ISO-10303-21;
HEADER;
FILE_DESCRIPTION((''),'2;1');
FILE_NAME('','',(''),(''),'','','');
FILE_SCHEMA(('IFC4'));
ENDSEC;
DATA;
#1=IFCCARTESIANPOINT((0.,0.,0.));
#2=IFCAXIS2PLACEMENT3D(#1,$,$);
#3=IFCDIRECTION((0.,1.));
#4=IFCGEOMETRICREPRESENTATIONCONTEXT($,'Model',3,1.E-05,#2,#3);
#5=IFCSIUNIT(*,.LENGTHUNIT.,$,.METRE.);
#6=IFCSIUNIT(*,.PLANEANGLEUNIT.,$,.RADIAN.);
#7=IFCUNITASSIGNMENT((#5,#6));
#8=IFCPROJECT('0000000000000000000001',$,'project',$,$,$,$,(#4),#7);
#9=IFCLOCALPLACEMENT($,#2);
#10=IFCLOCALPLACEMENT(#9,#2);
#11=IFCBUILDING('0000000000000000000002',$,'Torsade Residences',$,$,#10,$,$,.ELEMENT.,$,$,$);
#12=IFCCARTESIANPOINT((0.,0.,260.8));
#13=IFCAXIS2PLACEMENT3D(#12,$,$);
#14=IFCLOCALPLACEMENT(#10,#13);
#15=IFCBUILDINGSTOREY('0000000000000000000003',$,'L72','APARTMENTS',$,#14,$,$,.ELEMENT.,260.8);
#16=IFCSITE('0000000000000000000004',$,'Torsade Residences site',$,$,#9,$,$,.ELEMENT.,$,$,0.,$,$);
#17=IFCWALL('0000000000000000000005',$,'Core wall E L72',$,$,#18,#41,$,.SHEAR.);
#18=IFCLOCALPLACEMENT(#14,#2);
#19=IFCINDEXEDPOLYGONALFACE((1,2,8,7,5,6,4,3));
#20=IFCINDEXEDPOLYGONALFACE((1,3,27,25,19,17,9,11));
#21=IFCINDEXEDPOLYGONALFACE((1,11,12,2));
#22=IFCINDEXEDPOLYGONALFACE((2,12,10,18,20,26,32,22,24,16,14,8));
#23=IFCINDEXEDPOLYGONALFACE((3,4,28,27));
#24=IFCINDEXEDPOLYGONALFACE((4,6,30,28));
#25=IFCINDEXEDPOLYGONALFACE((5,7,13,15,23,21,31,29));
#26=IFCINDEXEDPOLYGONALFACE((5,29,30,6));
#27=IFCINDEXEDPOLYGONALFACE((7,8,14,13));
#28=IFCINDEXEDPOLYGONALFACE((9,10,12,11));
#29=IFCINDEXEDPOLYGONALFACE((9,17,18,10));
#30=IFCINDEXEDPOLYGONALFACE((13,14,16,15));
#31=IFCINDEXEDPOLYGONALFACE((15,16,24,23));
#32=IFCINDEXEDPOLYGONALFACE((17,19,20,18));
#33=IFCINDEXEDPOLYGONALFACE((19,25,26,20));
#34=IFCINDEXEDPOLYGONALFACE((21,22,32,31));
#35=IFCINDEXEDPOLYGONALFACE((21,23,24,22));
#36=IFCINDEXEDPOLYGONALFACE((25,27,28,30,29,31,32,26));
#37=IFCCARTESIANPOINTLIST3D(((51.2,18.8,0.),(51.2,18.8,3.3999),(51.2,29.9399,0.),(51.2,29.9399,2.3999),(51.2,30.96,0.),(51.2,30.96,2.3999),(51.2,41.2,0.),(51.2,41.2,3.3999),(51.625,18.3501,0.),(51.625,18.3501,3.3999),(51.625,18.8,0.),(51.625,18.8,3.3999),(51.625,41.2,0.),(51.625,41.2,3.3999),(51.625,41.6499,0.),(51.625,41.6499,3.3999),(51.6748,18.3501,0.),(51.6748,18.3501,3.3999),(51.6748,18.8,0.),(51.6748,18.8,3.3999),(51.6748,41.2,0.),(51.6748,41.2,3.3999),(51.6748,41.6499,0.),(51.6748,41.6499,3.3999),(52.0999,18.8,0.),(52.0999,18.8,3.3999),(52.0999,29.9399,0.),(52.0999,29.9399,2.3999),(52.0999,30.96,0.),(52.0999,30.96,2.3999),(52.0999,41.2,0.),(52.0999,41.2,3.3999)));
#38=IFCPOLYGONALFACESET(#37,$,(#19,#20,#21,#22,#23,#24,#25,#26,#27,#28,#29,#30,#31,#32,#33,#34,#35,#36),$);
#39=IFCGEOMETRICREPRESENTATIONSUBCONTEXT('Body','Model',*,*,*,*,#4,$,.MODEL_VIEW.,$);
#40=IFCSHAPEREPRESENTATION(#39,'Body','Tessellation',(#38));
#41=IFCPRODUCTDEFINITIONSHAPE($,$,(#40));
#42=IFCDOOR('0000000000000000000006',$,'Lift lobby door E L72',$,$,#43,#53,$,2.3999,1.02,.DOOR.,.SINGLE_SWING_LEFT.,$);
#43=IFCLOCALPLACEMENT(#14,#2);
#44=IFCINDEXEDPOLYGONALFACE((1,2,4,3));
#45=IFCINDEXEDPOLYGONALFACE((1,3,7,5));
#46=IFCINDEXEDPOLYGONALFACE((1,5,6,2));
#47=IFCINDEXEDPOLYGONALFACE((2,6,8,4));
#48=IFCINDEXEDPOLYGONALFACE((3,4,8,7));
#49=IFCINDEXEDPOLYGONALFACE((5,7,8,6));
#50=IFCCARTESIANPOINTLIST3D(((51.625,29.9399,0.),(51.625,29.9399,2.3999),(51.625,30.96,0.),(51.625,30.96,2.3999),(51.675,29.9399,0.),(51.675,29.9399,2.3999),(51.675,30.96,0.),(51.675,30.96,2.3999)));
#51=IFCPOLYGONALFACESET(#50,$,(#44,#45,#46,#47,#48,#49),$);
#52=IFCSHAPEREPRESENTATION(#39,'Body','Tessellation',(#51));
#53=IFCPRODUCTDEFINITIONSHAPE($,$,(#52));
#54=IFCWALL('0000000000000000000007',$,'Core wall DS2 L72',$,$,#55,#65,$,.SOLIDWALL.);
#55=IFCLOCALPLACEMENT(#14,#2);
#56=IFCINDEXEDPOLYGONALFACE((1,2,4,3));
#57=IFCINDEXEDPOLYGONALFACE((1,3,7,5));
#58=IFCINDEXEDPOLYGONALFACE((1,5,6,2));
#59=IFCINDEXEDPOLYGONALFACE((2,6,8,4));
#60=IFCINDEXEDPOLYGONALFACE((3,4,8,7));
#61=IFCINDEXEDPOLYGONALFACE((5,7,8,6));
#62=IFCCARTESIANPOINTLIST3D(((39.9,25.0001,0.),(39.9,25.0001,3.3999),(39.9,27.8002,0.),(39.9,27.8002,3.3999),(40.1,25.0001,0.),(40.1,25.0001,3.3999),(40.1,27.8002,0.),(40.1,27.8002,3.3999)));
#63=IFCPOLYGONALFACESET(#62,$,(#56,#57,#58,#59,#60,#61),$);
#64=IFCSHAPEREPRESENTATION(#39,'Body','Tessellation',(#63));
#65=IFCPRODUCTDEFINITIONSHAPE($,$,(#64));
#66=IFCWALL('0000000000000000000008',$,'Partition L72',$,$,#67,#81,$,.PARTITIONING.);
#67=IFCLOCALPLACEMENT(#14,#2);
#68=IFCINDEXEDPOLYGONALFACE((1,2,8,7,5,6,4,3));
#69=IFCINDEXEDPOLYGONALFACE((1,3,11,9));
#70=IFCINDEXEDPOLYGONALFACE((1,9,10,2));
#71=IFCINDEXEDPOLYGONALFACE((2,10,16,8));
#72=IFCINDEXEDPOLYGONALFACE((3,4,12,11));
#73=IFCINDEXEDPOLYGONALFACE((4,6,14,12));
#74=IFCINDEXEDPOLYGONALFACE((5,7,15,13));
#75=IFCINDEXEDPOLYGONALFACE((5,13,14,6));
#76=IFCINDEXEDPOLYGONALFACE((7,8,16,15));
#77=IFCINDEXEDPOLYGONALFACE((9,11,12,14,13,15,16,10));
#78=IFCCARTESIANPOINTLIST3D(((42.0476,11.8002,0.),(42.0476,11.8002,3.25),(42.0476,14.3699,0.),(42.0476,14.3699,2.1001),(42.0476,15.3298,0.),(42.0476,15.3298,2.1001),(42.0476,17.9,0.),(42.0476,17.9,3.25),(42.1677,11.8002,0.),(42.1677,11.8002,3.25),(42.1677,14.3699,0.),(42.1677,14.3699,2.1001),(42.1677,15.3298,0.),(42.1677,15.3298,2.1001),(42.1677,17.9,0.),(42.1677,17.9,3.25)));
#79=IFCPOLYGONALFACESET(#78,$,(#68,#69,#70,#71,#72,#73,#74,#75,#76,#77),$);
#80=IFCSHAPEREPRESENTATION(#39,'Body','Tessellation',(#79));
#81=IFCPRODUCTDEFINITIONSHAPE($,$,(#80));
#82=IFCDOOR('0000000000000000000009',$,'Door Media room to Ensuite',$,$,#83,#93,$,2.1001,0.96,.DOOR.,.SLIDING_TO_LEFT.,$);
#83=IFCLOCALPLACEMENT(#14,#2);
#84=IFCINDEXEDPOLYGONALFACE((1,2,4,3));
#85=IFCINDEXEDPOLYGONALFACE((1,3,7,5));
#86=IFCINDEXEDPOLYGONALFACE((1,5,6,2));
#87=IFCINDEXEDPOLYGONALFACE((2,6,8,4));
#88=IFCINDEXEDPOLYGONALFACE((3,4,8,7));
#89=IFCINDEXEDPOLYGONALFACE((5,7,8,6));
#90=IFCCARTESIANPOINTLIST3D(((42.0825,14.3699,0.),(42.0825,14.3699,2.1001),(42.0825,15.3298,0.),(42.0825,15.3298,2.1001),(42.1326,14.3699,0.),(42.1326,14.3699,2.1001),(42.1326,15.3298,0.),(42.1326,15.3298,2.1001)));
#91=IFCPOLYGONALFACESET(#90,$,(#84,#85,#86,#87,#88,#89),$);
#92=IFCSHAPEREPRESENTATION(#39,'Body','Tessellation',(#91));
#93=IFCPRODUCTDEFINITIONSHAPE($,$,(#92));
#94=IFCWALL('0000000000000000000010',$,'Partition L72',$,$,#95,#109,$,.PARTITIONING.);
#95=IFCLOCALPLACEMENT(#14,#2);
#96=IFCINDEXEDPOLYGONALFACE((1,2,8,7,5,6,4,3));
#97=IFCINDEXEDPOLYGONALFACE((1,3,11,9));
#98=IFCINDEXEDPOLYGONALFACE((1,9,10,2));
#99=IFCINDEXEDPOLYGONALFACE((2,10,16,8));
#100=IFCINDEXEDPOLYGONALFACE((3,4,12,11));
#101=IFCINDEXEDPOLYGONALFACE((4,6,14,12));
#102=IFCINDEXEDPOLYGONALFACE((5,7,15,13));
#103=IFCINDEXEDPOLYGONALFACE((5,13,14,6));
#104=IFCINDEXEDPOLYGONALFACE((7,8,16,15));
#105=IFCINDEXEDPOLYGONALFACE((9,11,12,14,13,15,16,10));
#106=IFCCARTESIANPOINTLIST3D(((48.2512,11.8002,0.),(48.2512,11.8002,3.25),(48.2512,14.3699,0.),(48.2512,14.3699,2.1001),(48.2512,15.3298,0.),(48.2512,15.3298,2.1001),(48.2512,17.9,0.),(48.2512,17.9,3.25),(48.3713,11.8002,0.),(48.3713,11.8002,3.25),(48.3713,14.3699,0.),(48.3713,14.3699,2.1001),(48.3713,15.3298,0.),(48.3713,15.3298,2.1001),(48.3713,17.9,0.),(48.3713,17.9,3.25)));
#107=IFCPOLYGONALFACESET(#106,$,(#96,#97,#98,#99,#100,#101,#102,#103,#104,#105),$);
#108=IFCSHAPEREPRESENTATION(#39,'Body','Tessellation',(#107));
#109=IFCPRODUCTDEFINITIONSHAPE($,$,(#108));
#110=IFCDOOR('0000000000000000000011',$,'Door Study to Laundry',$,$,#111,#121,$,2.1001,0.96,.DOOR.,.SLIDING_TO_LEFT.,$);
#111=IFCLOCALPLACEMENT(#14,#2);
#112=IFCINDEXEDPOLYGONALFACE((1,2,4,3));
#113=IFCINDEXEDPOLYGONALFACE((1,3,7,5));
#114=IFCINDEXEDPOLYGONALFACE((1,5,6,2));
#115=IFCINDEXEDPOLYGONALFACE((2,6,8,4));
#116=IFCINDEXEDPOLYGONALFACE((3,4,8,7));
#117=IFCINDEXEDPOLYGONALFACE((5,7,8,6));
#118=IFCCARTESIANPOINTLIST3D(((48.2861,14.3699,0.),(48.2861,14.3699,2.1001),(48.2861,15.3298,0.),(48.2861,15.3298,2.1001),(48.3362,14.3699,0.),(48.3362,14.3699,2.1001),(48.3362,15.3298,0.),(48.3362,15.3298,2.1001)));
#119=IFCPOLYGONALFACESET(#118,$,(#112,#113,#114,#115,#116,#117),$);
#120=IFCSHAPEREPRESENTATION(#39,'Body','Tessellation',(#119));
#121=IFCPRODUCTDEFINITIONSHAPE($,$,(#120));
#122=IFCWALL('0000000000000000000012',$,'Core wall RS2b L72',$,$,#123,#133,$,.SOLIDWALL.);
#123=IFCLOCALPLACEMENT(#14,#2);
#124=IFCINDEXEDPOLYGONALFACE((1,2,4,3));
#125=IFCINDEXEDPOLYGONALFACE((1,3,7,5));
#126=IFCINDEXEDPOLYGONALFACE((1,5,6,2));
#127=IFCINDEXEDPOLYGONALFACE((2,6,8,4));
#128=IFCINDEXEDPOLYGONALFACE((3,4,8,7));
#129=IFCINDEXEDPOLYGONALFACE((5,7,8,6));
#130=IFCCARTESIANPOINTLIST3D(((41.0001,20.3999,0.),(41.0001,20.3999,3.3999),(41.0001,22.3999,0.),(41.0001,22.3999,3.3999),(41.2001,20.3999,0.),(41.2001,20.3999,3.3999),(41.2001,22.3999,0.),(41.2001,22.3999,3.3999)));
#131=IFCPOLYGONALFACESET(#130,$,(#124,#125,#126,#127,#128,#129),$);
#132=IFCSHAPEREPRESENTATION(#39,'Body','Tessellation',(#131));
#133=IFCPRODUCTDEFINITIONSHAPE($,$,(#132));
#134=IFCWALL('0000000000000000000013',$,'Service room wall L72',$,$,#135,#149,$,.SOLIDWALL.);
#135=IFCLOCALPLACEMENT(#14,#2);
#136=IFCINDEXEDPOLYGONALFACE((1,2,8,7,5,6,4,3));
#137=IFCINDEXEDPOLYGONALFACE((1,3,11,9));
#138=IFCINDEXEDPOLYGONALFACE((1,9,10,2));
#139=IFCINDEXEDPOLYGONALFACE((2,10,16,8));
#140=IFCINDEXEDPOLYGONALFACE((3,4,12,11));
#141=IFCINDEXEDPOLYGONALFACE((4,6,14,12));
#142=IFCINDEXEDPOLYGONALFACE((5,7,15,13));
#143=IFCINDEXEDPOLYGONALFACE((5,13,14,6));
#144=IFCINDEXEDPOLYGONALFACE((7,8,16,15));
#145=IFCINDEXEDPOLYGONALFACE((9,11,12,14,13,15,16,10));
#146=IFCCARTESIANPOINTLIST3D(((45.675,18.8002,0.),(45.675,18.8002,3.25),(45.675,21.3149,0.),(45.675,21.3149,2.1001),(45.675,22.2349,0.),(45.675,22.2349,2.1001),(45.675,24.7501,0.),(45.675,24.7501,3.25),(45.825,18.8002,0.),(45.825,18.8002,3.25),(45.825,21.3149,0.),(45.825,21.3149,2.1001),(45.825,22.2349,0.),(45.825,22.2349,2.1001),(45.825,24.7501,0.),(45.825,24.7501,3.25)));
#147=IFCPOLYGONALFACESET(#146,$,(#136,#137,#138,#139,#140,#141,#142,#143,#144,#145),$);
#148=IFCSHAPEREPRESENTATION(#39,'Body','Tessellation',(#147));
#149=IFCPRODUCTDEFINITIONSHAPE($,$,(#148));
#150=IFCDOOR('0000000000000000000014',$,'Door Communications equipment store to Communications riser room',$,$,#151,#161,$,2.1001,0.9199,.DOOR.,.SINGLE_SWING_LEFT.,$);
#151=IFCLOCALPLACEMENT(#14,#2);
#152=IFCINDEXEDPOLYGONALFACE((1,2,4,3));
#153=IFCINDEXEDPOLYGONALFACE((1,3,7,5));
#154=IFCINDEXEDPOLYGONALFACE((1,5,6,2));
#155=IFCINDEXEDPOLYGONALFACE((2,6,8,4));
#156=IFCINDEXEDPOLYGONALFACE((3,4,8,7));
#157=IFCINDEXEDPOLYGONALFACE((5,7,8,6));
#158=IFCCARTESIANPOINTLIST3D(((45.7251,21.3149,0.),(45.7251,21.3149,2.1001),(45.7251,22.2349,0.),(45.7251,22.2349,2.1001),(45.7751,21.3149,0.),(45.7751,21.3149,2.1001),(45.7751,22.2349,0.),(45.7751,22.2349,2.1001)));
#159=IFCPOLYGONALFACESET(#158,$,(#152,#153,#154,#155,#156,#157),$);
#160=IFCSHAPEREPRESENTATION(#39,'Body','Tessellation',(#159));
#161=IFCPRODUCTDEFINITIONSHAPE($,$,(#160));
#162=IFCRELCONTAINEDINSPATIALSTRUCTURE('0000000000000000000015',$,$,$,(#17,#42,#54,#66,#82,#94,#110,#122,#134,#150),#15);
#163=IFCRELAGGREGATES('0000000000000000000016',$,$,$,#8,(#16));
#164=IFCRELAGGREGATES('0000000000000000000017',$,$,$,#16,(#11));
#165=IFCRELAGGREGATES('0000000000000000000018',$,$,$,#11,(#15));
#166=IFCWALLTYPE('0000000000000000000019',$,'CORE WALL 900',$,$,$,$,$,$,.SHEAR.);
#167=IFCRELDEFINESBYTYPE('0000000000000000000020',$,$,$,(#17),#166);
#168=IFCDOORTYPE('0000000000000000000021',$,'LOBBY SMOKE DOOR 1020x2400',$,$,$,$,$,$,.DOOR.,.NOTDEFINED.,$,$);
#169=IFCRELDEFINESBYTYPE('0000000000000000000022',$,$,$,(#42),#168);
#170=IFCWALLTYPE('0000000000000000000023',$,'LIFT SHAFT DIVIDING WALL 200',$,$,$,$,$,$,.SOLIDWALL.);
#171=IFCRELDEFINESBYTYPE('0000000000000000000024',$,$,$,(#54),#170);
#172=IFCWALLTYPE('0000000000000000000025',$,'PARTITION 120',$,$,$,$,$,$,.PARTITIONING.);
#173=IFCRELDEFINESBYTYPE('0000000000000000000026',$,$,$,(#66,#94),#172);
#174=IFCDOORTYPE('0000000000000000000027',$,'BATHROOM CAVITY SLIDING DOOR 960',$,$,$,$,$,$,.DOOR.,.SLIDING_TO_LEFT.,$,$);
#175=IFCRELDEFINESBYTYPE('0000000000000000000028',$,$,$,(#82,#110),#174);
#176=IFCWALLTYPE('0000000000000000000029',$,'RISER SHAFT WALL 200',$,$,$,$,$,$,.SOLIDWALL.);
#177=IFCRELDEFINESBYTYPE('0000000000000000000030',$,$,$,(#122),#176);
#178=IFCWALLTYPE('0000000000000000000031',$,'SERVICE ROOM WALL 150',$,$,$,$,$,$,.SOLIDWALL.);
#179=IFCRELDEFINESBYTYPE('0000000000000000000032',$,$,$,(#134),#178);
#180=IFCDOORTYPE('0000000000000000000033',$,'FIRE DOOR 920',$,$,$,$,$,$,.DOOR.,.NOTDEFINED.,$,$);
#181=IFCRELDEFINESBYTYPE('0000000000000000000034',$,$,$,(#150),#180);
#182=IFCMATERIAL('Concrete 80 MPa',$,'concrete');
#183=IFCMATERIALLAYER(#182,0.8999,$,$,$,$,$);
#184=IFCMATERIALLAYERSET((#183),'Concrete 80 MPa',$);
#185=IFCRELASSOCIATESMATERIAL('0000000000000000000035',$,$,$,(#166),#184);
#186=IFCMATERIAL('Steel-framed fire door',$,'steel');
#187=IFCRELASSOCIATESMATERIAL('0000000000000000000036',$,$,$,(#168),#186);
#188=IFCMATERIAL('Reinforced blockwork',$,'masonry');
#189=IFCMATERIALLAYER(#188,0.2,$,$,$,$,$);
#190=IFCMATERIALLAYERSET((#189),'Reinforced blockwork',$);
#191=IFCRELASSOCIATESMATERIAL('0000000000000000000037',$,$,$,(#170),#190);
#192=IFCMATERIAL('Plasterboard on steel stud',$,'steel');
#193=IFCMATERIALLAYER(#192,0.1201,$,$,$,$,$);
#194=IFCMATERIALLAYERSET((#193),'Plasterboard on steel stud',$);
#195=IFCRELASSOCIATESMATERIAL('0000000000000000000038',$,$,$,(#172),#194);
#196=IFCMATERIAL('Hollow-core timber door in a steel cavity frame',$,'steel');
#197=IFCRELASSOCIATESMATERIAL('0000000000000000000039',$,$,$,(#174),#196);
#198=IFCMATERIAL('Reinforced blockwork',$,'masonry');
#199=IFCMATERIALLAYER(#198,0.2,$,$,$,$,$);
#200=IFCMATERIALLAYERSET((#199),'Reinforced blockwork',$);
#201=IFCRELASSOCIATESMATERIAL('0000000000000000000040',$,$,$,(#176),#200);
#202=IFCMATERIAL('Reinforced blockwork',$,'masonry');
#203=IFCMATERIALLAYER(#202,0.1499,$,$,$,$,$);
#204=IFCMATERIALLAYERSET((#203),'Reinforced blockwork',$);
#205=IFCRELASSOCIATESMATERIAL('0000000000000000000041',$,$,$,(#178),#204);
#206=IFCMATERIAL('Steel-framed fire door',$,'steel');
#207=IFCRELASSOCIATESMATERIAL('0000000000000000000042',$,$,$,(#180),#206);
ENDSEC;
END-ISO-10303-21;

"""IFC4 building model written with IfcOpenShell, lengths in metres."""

from ifc_helpers import new_model, si_unit, direction, frame, frame_2d, origin, place, context, subcontext, project, spatial, polyline, rectangle, outline, extrude, material, layer, layer_set, type_object, element, fill, save


model = new_model("IFC4")

# Units and contexts
model_context = context("Model", 3, precision=1e-05, world=origin(), true_north=direction((0.0, 1.0)))
body_context = subcontext(model_context, "Body", "Model", "MODEL_VIEW")
ifc_project = project(units=[si_unit("LENGTHUNIT", "METRE"), si_unit("PLANEANGLEUNIT", "RADIAN")], contexts=[model_context])

# Site, building, storey
site_placement = place(None, origin())
site = spatial("IfcSite", under=ifc_project, at=site_placement, Name="Torsade Residences site", CompositionType="ELEMENT", RefElevation=0.0)
building_placement = place(site_placement, origin())
building = spatial("IfcBuilding", under=site, at=building_placement, Name="Torsade Residences", CompositionType="ELEMENT")
storey_placement = place(building_placement, frame((0.0, 0.0, 260.8)))
storey = spatial("IfcBuildingStorey", under=building, at=storey_placement, Name="L72", Description="APARTMENTS", CompositionType="ELEMENT", Elevation=260.8)

# Shared definitions
ifc_material_1 = material(Name="Concrete 80 MPa", Category="concrete")
ifc_layer_1 = layer(ifc_material_1, 0.8999)
ifc_layer_set_1 = layer_set([ifc_layer_1], Name="Concrete 80 MPa")
wall_type_1 = type_object("IfcWallType", Name="CORE WALL 900", PredefinedType="SHEAR", material=ifc_layer_set_1)

# Wall, opening, door
wall_1_placement = place(storey_placement, frame((51.6499, 18.8, 0.0), z_axis=(0.0, 0.0, 1.0), x_axis=(0.0, 1.0, 0.0)))
wall_1 = element("IfcWall", 1, at=wall_1_placement, inside=storey, type_object=wall_type_1, Name="Core wall E L72", PredefinedType="SHEAR", context=body_context, shape_type="SweptSolid", body=[
    extrude(outline(polyline([(0.0, -0.45), (22.3999, -0.45), (22.3999, -0.0249), (22.8499, -0.0249), (22.8499, 0.0249), (22.3999, 0.0249), (22.3999, 0.45), (0.0, 0.45), (0.0, 0.0249), (-0.45, 0.0249), (-0.45, -0.0249), (0.0, -0.0249), (0.0, -0.45)])), origin(), (0.0, 0.0, 1.0), 3.3999),
])
opening_1_placement = place(wall_1_placement, frame((11.1399, 0.0, 0.0)))
opening_1 = element("IfcOpeningElement", 2, at=opening_1_placement, cuts=wall_1, PredefinedType="OPENING", context=body_context, shape_type="SweptSolid", body=[
    extrude(rectangle(XDim=1.02, YDim=2.3999, at=frame_2d((0.51, 1.2))), frame((0.0, 0.46, 0.0), z_axis=(0.0, -1.0, 0.0), x_axis=(1.0, 0.0, 0.0)), (0.0, 0.0, 1.0), 0.9199),
])
ifc_material_2 = material(Name="Steel-framed fire door", Category="steel")
door_type_1 = type_object("IfcDoorType", Name="LOBBY SMOKE DOOR 1020x2400", OperationType="NOTDEFINED", PredefinedType="DOOR", material=ifc_material_2)
door_1_placement = place(opening_1_placement, origin())
door_1 = element("IfcDoor", 3, at=door_1_placement, inside=storey, type_object=door_type_1, Name="Lift lobby door E L72", OperationType="SINGLE_SWING_LEFT", OverallHeight=2.3999, OverallWidth=1.02, PredefinedType="DOOR", context=body_context, shape_type="SweptSolid", body=[
    extrude(rectangle(XDim=1.02, YDim=2.3999, at=frame_2d((0.51, 1.2))), frame((0.0, 0.0249, 0.0), z_axis=(0.0, -1.0, 0.0), x_axis=(1.0, 0.0, 0.0)), (0.0, 0.0, 1.0), 0.05),
])
fill(opening_1, door_1)

# Wall
ifc_material_3 = material(Name="Reinforced blockwork", Category="masonry")
ifc_layer_2 = layer(ifc_material_3, 0.2)
ifc_layer_set_2 = layer_set([ifc_layer_2], Name="Reinforced blockwork")
wall_type_2 = type_object("IfcWallType", Name="LIFT SHAFT DIVIDING WALL 200", PredefinedType="SOLIDWALL", material=ifc_layer_set_2)
wall_2_placement = place(storey_placement, frame((40.0, 27.8, 0.0), z_axis=(0.0, 0.0, 1.0), x_axis=(0.0, -1.0, 0.0)))
element("IfcWall", 4, at=wall_2_placement, inside=storey, type_object=wall_type_2, Name="Core wall DS2 L72", PredefinedType="SOLIDWALL", context=body_context, shape_type="SweptSolid", body=[
    extrude(rectangle(XDim=2.8, YDim=0.2, at=frame_2d((1.3999, 0.0))), origin(), (0.0, 0.0, 1.0), 3.3999),
])

# Walls, openings, doors
ifc_material_4 = material(Name="Plasterboard on steel stud", Category="steel")
ifc_layer_3 = layer(ifc_material_4, 0.1201)
ifc_layer_set_3 = layer_set([ifc_layer_3], Name="Plasterboard on steel stud")
wall_type_3 = type_object("IfcWallType", Name="PARTITION 120", PredefinedType="PARTITIONING", material=ifc_layer_set_3)
wall_3_placement = place(storey_placement, frame((42.1077, 17.8999, 0.0), z_axis=(0.0, 0.0, 1.0), x_axis=(0.0, -1.0, 0.0)))
wall_3 = element("IfcWall", 5, at=wall_3_placement, inside=storey, type_object=wall_type_3, Name="Partition L72", PredefinedType="PARTITIONING", context=body_context, shape_type="SweptSolid", body=[
    extrude(rectangle(XDim=6.0999, YDim=0.1201, at=frame_2d((3.0498, 0.0))), origin(), (0.0, 0.0, 1.0), 3.25),
])
opening_2_placement = place(wall_3_placement, frame((2.5701, 0.0, 0.0)))
opening_2 = element("IfcOpeningElement", 6, at=opening_2_placement, cuts=wall_3, PredefinedType="OPENING", context=body_context, shape_type="SweptSolid", body=[
    extrude(rectangle(XDim=0.96, YDim=2.1001, at=frame_2d((0.48, 1.05))), frame((0.0, 0.0701, 0.0), z_axis=(0.0, -1.0, 0.0), x_axis=(1.0, 0.0, 0.0)), (0.0, 0.0, 1.0), 0.1401),
])
ifc_material_5 = material(Name="Hollow-core timber door in a steel cavity frame", Category="steel")
door_type_2 = type_object("IfcDoorType", Name="BATHROOM CAVITY SLIDING DOOR 960", OperationType="SLIDING_TO_LEFT", PredefinedType="DOOR", material=ifc_material_5)
door_2_placement = place(opening_2_placement, origin())
door_2 = element("IfcDoor", 7, at=door_2_placement, inside=storey, type_object=door_type_2, Name="Door Media room to Ensuite", OperationType="SLIDING_TO_LEFT", OverallHeight=2.1001, OverallWidth=0.96, PredefinedType="DOOR", context=body_context, shape_type="SweptSolid", body=[
    extrude(rectangle(XDim=0.96, YDim=2.1001, at=frame_2d((0.48, 1.05))), frame((0.0, 0.0249, 0.0), z_axis=(0.0, -1.0, 0.0), x_axis=(1.0, 0.0, 0.0)), (0.0, 0.0, 1.0), 0.05),
])
fill(opening_2, door_2)
wall_4_placement = place(storey_placement, frame((48.3113, 17.8999, 0.0), z_axis=(0.0, 0.0, 1.0), x_axis=(0.0, -1.0, 0.0)))
wall_4 = element("IfcWall", 8, at=wall_4_placement, inside=storey, type_object=wall_type_3, Name="Partition L72", PredefinedType="PARTITIONING", context=body_context, shape_type="SweptSolid", body=[
    extrude(rectangle(XDim=6.0999, YDim=0.1201, at=frame_2d((3.0498, 0.0))), origin(), (0.0, 0.0, 1.0), 3.25),
])
opening_3_placement = place(wall_4_placement, frame((2.5701, 0.0, 0.0)))
opening_3 = element("IfcOpeningElement", 9, at=opening_3_placement, cuts=wall_4, PredefinedType="OPENING", context=body_context, shape_type="SweptSolid", body=[
    extrude(rectangle(XDim=0.96, YDim=2.1001, at=frame_2d((0.48, 1.05))), frame((0.0, 0.0701, 0.0), z_axis=(0.0, -1.0, 0.0), x_axis=(1.0, 0.0, 0.0)), (0.0, 0.0, 1.0), 0.1401),
])
door_3_placement = place(opening_3_placement, origin())
door_3 = element("IfcDoor", 10, at=door_3_placement, inside=storey, type_object=door_type_2, Name="Door Study to Laundry", OperationType="SLIDING_TO_LEFT", OverallHeight=2.1001, OverallWidth=0.96, PredefinedType="DOOR", context=body_context, shape_type="SweptSolid", body=[
    extrude(rectangle(XDim=0.96, YDim=2.1001, at=frame_2d((0.48, 1.05))), frame((0.0, 0.0249, 0.0), z_axis=(0.0, -1.0, 0.0), x_axis=(1.0, 0.0, 0.0)), (0.0, 0.0, 1.0), 0.05),
])
fill(opening_3, door_3)

# Wall
ifc_material_6 = material(Name="Reinforced blockwork", Category="masonry")
ifc_layer_4 = layer(ifc_material_6, 0.2)
ifc_layer_set_4 = layer_set([ifc_layer_4], Name="Reinforced blockwork")
wall_type_4 = type_object("IfcWallType", Name="RISER SHAFT WALL 200", PredefinedType="SOLIDWALL", material=ifc_layer_set_4)
wall_5_placement = place(storey_placement, frame((41.1001, 22.3999, 0.0), z_axis=(0.0, 0.0, 1.0), x_axis=(0.0, -1.0, 0.0)))
element("IfcWall", 11, at=wall_5_placement, inside=storey, type_object=wall_type_4, Name="Core wall RS2b L72", PredefinedType="SOLIDWALL", context=body_context, shape_type="SweptSolid", body=[
    extrude(rectangle(XDim=2.0, YDim=0.2, at=frame_2d((1.0, 0.0))), origin(), (0.0, 0.0, 1.0), 3.3999),
])

# Wall, opening, door
ifc_material_7 = material(Name="Reinforced blockwork", Category="masonry")
ifc_layer_5 = layer(ifc_material_7, 0.1499)
ifc_layer_set_5 = layer_set([ifc_layer_5], Name="Reinforced blockwork")
wall_type_5 = type_object("IfcWallType", Name="SERVICE ROOM WALL 150", PredefinedType="SOLIDWALL", material=ifc_layer_set_5)
wall_6_placement = place(storey_placement, frame((45.75, 18.8, 0.0), z_axis=(0.0, 0.0, 1.0), x_axis=(0.0, 1.0, 0.0)))
wall_6 = element("IfcWall", 12, at=wall_6_placement, inside=storey, type_object=wall_type_5, Name="Service room wall L72", PredefinedType="SOLIDWALL", context=body_context, shape_type="SweptSolid", body=[
    extrude(rectangle(XDim=5.95, YDim=0.1499, at=frame_2d((2.9751, 0.0))), origin(), (0.0, 0.0, 1.0), 3.25),
])
opening_4_placement = place(wall_6_placement, frame((2.5149, 0.0, 0.0)))
opening_4 = element("IfcOpeningElement", 13, at=opening_4_placement, cuts=wall_6, PredefinedType="OPENING", context=body_context, shape_type="SweptSolid", body=[
    extrude(rectangle(XDim=0.9199, YDim=2.1001, at=frame_2d((0.46, 1.05))), frame((0.0, 0.085, 0.0), z_axis=(0.0, -1.0, 0.0), x_axis=(1.0, 0.0, 0.0)), (0.0, 0.0, 1.0), 0.1699),
])
ifc_material_8 = material(Name="Steel-framed fire door", Category="steel")
door_type_3 = type_object("IfcDoorType", Name="FIRE DOOR 920", OperationType="NOTDEFINED", PredefinedType="DOOR", material=ifc_material_8)
door_4_placement = place(opening_4_placement, origin())
door_4 = element("IfcDoor", 14, at=door_4_placement, inside=storey, type_object=door_type_3, Name="Door Communications equipment store to Communications riser room", OperationType="SINGLE_SWING_LEFT", OverallHeight=2.1001, OverallWidth=0.9199, PredefinedType="DOOR", context=body_context, shape_type="SweptSolid", body=[
    extrude(rectangle(XDim=0.9199, YDim=2.1001, at=frame_2d((0.46, 1.05))), frame((0.0, 0.0249, 0.0), z_axis=(0.0, -1.0, 0.0), x_axis=(1.0, 0.0, 0.0)), (0.0, 0.0, 1.0), 0.05),
])
fill(opening_4, door_4)

save(model, "model.ifc")
